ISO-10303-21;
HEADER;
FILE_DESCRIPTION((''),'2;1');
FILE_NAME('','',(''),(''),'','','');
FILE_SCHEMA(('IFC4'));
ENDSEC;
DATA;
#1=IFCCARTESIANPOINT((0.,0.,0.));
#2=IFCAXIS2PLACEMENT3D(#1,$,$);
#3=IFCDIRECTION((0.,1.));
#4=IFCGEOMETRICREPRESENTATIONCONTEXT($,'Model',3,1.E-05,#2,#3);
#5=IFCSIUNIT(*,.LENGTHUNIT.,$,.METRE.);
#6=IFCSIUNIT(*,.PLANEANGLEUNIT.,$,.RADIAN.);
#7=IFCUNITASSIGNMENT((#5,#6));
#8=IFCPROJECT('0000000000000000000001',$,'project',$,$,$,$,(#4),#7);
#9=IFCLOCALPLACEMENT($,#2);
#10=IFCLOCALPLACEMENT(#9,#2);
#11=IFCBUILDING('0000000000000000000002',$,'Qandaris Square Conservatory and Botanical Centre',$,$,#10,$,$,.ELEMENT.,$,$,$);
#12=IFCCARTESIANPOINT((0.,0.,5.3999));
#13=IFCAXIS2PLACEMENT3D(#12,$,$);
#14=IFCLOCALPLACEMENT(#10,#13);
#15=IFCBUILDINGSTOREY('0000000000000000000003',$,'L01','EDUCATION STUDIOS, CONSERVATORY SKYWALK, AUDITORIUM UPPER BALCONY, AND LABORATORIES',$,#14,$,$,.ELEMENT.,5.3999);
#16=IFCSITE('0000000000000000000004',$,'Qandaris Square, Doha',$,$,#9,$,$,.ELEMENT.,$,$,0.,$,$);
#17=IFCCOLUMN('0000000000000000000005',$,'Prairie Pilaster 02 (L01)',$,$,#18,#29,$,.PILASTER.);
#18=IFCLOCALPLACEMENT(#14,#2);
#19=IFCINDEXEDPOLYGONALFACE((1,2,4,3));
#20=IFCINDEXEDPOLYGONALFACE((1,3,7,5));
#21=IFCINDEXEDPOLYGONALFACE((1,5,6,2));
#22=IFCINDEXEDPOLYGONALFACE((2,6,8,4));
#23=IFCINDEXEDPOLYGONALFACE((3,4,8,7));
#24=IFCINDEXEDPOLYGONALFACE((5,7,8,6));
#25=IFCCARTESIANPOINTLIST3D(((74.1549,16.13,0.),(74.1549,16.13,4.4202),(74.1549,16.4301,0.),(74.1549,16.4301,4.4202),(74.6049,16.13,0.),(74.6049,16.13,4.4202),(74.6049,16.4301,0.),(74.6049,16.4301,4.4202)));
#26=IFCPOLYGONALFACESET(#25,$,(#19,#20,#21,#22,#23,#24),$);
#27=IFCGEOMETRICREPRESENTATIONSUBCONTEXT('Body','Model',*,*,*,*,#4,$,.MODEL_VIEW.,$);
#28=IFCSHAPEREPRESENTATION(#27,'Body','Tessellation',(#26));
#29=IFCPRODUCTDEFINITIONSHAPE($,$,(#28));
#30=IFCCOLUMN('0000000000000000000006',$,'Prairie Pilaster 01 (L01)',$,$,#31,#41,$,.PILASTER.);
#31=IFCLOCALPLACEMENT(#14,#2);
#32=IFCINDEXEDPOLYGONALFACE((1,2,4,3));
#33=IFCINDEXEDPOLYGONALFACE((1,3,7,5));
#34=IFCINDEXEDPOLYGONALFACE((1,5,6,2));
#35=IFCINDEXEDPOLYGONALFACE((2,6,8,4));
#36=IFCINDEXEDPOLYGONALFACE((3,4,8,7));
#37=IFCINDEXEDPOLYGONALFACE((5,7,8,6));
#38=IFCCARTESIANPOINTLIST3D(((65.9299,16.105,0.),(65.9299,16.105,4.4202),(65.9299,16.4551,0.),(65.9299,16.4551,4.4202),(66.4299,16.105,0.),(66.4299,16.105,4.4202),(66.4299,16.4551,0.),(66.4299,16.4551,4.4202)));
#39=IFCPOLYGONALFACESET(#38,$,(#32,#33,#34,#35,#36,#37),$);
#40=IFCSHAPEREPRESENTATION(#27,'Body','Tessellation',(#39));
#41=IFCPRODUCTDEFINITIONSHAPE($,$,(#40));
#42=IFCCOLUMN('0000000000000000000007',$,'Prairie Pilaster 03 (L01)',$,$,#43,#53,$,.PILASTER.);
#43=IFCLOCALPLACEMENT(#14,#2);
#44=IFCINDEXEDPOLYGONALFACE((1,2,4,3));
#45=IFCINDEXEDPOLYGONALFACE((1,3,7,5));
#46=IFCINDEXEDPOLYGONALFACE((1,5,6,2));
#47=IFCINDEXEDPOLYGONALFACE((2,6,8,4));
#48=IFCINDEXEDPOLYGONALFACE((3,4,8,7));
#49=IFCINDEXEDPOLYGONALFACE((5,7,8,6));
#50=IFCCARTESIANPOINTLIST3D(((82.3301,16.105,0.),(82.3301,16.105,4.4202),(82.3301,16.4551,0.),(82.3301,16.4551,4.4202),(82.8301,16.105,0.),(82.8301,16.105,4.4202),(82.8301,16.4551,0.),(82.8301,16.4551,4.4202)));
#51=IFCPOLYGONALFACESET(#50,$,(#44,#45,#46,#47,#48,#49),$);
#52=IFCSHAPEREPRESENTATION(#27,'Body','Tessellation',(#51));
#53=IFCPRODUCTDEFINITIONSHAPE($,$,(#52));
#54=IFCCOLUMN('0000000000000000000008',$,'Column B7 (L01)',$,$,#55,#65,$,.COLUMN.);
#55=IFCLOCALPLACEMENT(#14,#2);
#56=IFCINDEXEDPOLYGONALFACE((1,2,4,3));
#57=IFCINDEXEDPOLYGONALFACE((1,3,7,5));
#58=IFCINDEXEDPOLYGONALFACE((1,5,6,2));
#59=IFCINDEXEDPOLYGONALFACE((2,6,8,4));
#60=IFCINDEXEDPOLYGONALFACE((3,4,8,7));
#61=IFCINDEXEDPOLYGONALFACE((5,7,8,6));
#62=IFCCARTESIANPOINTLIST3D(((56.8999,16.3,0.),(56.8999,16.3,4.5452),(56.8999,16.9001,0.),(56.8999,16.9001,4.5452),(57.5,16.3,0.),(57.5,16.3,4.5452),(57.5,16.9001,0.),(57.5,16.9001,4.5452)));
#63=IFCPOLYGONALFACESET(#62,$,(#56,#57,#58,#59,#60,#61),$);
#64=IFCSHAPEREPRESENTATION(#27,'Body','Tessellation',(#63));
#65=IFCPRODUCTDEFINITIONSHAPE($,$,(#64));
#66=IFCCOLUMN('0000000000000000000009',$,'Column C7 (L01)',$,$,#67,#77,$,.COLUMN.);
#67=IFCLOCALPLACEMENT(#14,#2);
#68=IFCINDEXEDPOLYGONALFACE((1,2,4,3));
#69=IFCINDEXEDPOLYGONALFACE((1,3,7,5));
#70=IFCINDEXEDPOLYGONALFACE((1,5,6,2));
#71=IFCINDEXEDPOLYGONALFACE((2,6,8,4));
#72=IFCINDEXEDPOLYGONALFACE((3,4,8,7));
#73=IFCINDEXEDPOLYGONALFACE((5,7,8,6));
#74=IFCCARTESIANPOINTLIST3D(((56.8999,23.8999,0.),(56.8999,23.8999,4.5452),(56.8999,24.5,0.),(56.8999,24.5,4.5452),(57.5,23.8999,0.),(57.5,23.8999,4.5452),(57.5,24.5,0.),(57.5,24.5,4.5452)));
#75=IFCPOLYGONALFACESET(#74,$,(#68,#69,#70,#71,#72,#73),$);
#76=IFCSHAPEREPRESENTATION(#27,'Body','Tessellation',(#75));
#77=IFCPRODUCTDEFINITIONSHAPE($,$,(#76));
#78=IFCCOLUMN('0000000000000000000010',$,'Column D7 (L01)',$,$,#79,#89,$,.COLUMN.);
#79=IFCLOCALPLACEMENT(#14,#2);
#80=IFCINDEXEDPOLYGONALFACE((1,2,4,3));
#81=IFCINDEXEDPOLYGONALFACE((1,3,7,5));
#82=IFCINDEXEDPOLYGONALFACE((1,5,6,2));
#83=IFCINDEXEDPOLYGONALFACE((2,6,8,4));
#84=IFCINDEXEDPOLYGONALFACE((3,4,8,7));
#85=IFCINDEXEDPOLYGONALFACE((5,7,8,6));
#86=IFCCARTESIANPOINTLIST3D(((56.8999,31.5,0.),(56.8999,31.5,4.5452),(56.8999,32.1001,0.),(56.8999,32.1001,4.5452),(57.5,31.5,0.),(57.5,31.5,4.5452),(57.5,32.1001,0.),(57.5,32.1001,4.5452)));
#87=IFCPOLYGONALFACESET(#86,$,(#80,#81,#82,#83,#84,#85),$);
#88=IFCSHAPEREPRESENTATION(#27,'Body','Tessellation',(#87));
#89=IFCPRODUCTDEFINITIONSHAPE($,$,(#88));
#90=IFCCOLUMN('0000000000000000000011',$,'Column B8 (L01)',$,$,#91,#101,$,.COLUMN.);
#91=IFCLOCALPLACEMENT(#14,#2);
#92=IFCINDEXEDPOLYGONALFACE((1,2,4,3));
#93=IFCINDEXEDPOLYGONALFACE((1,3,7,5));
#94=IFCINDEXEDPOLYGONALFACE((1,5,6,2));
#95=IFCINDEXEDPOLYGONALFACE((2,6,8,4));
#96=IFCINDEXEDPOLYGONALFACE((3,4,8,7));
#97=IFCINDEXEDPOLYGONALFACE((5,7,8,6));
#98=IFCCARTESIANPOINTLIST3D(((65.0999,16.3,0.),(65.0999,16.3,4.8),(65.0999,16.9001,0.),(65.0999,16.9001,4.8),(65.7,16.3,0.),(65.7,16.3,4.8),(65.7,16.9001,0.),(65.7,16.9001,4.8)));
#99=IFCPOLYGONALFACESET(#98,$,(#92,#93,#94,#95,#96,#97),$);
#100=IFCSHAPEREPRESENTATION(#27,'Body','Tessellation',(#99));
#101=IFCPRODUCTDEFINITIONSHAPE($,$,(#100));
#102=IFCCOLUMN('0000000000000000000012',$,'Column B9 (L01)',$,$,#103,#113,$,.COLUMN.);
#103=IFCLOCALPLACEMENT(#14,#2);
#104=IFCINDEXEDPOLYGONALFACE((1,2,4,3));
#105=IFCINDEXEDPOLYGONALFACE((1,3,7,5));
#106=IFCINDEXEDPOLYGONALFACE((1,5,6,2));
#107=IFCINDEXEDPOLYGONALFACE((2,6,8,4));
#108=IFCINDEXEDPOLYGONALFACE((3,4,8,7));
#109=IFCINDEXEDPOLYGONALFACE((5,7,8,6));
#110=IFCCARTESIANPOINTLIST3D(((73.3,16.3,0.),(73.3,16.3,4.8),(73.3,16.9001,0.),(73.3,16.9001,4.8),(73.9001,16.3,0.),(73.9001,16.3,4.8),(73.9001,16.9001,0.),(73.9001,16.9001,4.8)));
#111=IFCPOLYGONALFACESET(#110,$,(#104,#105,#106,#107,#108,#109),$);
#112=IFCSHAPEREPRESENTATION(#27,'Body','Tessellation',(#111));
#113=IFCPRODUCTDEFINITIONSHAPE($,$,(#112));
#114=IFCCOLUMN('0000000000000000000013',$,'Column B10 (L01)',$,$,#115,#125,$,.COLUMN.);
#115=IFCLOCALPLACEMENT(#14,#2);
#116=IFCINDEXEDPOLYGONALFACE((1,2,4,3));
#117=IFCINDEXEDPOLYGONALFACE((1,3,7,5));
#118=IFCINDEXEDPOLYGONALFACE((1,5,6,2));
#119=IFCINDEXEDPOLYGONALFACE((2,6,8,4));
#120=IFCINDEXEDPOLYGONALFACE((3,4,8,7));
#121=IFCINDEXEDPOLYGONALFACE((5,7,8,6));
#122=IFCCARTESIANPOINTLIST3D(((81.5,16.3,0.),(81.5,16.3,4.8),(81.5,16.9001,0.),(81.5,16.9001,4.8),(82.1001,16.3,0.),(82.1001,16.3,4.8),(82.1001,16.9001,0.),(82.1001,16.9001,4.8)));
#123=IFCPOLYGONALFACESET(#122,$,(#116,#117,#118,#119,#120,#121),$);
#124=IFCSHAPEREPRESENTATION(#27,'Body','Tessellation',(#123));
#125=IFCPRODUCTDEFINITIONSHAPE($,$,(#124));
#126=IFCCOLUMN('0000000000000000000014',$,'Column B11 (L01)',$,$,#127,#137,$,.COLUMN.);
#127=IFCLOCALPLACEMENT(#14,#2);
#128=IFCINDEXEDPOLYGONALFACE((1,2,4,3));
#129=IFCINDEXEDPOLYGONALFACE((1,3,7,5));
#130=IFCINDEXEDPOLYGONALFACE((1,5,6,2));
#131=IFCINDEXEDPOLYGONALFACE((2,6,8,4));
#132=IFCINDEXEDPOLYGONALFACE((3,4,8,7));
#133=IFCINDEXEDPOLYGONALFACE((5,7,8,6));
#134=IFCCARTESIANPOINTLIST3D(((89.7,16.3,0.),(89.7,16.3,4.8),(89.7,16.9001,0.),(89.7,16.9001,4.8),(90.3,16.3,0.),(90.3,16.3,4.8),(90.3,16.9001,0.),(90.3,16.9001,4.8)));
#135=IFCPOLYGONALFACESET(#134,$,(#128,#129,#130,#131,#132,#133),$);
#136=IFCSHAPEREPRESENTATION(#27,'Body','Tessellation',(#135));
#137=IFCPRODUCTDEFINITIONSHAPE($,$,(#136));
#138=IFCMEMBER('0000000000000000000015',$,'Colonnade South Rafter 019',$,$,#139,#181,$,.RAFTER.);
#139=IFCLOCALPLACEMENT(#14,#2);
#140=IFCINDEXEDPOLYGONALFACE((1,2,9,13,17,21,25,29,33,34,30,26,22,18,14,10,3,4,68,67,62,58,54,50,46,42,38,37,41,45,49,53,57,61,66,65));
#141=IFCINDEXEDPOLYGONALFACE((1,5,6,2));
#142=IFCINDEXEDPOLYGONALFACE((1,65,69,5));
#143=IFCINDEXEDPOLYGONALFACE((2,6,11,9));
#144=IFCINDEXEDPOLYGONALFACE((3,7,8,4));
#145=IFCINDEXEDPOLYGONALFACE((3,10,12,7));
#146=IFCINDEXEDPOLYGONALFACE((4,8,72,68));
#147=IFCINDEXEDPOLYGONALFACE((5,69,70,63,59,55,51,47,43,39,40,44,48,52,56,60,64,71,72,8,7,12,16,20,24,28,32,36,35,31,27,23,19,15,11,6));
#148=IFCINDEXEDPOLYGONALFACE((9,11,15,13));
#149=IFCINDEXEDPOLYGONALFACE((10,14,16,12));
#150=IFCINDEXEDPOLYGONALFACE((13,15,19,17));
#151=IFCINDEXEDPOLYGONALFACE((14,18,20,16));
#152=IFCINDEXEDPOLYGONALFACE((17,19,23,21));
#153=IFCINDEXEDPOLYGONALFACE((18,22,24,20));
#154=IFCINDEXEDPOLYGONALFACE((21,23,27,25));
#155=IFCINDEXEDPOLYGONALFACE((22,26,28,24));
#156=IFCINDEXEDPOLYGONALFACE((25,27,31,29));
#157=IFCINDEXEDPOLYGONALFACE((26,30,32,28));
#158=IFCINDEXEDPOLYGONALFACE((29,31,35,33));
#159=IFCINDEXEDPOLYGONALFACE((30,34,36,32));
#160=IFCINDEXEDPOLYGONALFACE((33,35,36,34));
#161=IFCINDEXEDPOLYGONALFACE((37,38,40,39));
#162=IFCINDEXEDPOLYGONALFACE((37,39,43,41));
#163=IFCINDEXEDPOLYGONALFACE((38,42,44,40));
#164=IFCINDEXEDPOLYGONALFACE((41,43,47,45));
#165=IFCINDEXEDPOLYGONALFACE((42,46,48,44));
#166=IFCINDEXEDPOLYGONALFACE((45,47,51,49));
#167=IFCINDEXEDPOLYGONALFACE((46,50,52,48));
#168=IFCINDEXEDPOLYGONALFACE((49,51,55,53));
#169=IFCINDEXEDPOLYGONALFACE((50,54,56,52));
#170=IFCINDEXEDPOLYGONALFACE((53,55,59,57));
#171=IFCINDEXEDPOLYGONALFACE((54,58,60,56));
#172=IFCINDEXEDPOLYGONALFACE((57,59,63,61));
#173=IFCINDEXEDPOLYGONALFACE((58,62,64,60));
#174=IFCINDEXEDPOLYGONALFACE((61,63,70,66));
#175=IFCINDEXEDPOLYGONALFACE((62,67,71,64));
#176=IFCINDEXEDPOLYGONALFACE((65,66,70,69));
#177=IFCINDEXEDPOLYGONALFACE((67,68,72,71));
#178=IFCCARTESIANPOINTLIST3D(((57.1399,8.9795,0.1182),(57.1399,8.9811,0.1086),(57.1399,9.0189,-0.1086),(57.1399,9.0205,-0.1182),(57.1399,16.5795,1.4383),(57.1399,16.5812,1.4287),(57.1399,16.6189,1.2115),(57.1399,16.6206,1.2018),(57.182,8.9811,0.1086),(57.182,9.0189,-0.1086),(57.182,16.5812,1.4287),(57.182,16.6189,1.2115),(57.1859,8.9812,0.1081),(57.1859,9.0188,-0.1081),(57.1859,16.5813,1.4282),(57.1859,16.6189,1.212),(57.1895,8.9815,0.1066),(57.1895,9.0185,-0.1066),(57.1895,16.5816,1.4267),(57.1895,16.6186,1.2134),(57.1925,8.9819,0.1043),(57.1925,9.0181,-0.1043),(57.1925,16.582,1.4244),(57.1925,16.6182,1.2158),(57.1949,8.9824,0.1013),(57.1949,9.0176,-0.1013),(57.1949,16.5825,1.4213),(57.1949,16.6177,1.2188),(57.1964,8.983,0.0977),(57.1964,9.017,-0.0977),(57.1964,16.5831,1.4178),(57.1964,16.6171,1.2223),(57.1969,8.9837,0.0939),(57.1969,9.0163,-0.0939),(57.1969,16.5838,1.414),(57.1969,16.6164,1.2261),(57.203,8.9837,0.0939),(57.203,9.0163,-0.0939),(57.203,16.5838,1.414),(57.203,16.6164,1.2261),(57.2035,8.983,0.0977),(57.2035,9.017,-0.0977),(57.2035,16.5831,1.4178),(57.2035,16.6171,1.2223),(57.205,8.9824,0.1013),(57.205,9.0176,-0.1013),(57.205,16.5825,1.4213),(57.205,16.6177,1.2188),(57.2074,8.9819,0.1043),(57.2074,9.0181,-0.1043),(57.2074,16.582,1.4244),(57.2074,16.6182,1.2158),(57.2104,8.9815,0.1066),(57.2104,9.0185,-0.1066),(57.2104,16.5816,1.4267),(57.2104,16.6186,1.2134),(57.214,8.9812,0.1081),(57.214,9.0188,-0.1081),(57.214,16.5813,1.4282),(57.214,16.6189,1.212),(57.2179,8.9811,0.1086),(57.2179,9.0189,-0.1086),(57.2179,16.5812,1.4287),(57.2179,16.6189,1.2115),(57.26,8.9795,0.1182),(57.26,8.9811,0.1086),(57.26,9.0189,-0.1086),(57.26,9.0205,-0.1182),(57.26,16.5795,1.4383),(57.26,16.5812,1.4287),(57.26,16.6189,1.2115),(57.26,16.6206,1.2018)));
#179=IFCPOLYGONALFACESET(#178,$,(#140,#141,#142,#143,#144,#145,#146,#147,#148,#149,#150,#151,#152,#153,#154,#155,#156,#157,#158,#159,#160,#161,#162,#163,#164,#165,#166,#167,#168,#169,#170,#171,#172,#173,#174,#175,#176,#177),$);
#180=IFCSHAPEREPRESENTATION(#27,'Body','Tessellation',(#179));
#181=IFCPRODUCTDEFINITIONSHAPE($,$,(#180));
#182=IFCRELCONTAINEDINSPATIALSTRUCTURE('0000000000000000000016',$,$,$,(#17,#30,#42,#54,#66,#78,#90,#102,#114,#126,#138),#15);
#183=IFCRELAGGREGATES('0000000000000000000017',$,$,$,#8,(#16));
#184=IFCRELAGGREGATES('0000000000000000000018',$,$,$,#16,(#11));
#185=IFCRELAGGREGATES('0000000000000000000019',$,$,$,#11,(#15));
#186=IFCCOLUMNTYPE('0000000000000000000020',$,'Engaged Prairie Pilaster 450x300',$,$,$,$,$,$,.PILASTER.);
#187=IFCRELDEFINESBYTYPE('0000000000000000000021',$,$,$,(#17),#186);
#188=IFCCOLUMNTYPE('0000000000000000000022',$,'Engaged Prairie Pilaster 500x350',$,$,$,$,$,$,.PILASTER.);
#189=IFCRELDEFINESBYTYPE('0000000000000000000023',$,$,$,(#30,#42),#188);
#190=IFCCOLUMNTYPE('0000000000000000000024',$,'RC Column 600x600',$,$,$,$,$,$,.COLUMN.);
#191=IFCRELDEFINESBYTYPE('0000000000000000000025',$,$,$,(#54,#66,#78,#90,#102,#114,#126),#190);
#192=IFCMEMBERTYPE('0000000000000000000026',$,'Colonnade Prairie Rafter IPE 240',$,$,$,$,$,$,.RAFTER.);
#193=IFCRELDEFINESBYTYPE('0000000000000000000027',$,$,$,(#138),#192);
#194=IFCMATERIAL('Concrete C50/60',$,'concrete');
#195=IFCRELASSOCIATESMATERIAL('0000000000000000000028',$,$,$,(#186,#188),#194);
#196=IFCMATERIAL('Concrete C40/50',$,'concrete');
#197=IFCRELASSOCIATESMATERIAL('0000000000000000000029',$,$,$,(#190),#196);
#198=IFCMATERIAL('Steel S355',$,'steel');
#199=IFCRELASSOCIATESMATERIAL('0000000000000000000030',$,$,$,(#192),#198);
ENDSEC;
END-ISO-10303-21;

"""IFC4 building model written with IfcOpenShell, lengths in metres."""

from ifc_helpers import new_model, si_unit, direction, frame, origin, origin_2d, place, context, subcontext, project, spatial, rectangle, i_section, extrude, material, material_profile, profile_set, type_object, element, save


model = new_model("IFC4")

# Units and contexts
model_context = context("Model", 3, precision=1e-05, world=origin(), true_north=direction((0.0, 1.0)))
body_context = subcontext(model_context, "Body", "Model", "MODEL_VIEW")
ifc_project = project(units=[si_unit("LENGTHUNIT", "METRE"), si_unit("PLANEANGLEUNIT", "RADIAN")], contexts=[model_context])

# Site, building, storey
site_placement = place(None, origin())
site = spatial("IfcSite", under=ifc_project, at=site_placement, Name="Qandaris Square, Doha", CompositionType="ELEMENT", RefElevation=0.0)
building_placement = place(site_placement, origin())
building = spatial("IfcBuilding", under=site, at=building_placement, Name="Qandaris Square Conservatory and Botanical Centre", CompositionType="ELEMENT")
storey_placement = place(building_placement, frame((0.0, 0.0, 5.3999)))
storey = spatial("IfcBuildingStorey", under=building, at=storey_placement, Name="L01", Description="EDUCATION STUDIOS, CONSERVATORY SKYWALK, AUDITORIUM UPPER BALCONY, AND LABORATORIES", CompositionType="ELEMENT", Elevation=5.3999)

# Columns
ifc_material_1 = material(Name="Concrete C50/60", Category="concrete")
ifc_material_profile_1 = material_profile(ifc_material_1, rectangle(XDim=0.45, YDim=0.3, at=origin_2d()), Name="RC-PIL 450x300")
ifc_profile_set_1 = profile_set([ifc_material_profile_1], Name="Concrete C50/60")
column_type_1 = type_object("IfcColumnType", Name="Engaged Prairie Pilaster 450x300", PredefinedType="PILASTER", material=ifc_profile_set_1)
column_placement = place(storey_placement, frame((74.3799, 16.28, 0.0), z_axis=(0.0, 0.0, 1.0), x_axis=(1.0, 0.0, 0.0)))
element("IfcColumn", 1, at=column_placement, inside=storey, type_object=column_type_1, Name="Prairie Pilaster 02 (L01)", PredefinedType="PILASTER", context=body_context, shape_type="SweptSolid", body=[
    extrude(rectangle(XDim=0.45, YDim=0.3, at=origin_2d()), origin(), (0.0, 0.0, 1.0), 4.4202),
])
ifc_material_profile_2 = material_profile(ifc_material_1, rectangle(XDim=0.5, YDim=0.3501, at=origin_2d()), Name="RC-PIL 500x350")
ifc_profile_set_2 = profile_set([ifc_material_profile_2], Name="Concrete C50/60")
column_type_2 = type_object("IfcColumnType", Name="Engaged Prairie Pilaster 500x350", PredefinedType="PILASTER", material=ifc_profile_set_2)
for number, where, z_axis, x_axis, name in (
    (2, (66.1799, 16.28, 0.0), (0.0, 0.0, 1.0), (1.0, 0.0, 0.0), "Prairie Pilaster 01 (L01)"),
    (3, (82.5801, 16.28, 0.0), (0.0, 0.0, 1.0), (1.0, 0.0, 0.0), "Prairie Pilaster 03 (L01)"),
):
    element("IfcColumn", number, at=place(storey_placement, frame(where, z_axis=z_axis, x_axis=x_axis)), inside=storey, type_object=column_type_2, Name=name, PredefinedType="PILASTER", context=body_context, shape_type="SweptSolid", body=[
        extrude(rectangle(XDim=0.5, YDim=0.3501, at=origin_2d()), origin(), (0.0, 0.0, 1.0), 4.4202),
    ])
ifc_material_2 = material(Name="Concrete C40/50", Category="concrete")
ifc_material_profile_3 = material_profile(ifc_material_2, rectangle(XDim=0.6001, YDim=0.6001, at=origin_2d()), Name="RC-COL 600x600")
ifc_profile_set_3 = profile_set([ifc_material_profile_3], Name="Concrete C40/50")
column_type_3 = type_object("IfcColumnType", Name="RC Column 600x600", PredefinedType="COLUMN", material=ifc_profile_set_3)
for number, where, z_axis, x_axis, name in (
    (4, (57.2, 16.6001, 0.0), (0.0, 0.0, 1.0), (1.0, 0.0, 0.0), "Column B7 (L01)"),
    (5, (57.2, 24.2, 0.0), (0.0, 0.0, 1.0), (1.0, 0.0, 0.0), "Column C7 (L01)"),
    (6, (57.2, 31.8, 0.0), (0.0, 0.0, 1.0), (1.0, 0.0, 0.0), "Column D7 (L01)"),
):
    element("IfcColumn", number, at=place(storey_placement, frame(where, z_axis=z_axis, x_axis=x_axis)), inside=storey, type_object=column_type_3, Name=name, PredefinedType="COLUMN", context=body_context, shape_type="SweptSolid", body=[
        extrude(rectangle(XDim=0.6001, YDim=0.6001, at=origin_2d()), origin(), (0.0, 0.0, 1.0), 4.5452),
    ])
for number, where, z_axis, x_axis, name in (
    (7, (65.3999, 16.6001, 0.0), (0.0, 0.0, 1.0), (1.0, 0.0, 0.0), "Column B8 (L01)"),
    (8, (73.6001, 16.6001, 0.0), (0.0, 0.0, 1.0), (1.0, 0.0, 0.0), "Column B9 (L01)"),
    (9, (81.8, 16.6001, 0.0), (0.0, 0.0, 1.0), (1.0, 0.0, 0.0), "Column B10 (L01)"),
    (10, (90.0, 16.6001, 0.0), (0.0, 0.0, 1.0), (1.0, 0.0, 0.0), "Column B11 (L01)"),
):
    element("IfcColumn", number, at=place(storey_placement, frame(where, z_axis=z_axis, x_axis=x_axis)), inside=storey, type_object=column_type_3, Name=name, PredefinedType="COLUMN", context=body_context, shape_type="SweptSolid", body=[
        extrude(rectangle(XDim=0.6001, YDim=0.6001, at=origin_2d()), origin(), (0.0, 0.0, 1.0), 4.8),
    ])

# Member
ifc_material_3 = material(Name="Steel S355", Category="steel")
ifc_material_profile_4 = material_profile(ifc_material_3, i_section(OverallWidth=0.1201, OverallDepth=0.24, WebThickness=0.0061, FlangeThickness=0.0098, FilletRadius=0.0149, at=origin_2d()), Name="IPE 240")
ifc_profile_set_4 = profile_set([ifc_material_profile_4], Name="Steel S355")
member_type = type_object("IfcMemberType", Name="Colonnade Prairie Rafter IPE 240", PredefinedType="RAFTER", material=ifc_profile_set_4)
for number, where, z_axis, x_axis, name in (
    (11, (57.2, 9.0, 0.0), (0.0, 0.985249, 0.171129), (-1.0, 0.0, 0.0), "Colonnade South Rafter 019"),
):
    element("IfcMember", number, at=place(storey_placement, frame(where, z_axis=z_axis, x_axis=x_axis)), inside=storey, type_object=member_type, Name=name, PredefinedType="RAFTER", context=body_context, shape_type="SweptSolid", body=[
        extrude(i_section(OverallWidth=0.1201, OverallDepth=0.24, WebThickness=0.0061, FlangeThickness=0.0098, FilletRadius=0.0149, at=origin_2d()), origin(), (0.0, 0.0, 1.0), 7.7139),
    ])

save(model, "model.ifc")
